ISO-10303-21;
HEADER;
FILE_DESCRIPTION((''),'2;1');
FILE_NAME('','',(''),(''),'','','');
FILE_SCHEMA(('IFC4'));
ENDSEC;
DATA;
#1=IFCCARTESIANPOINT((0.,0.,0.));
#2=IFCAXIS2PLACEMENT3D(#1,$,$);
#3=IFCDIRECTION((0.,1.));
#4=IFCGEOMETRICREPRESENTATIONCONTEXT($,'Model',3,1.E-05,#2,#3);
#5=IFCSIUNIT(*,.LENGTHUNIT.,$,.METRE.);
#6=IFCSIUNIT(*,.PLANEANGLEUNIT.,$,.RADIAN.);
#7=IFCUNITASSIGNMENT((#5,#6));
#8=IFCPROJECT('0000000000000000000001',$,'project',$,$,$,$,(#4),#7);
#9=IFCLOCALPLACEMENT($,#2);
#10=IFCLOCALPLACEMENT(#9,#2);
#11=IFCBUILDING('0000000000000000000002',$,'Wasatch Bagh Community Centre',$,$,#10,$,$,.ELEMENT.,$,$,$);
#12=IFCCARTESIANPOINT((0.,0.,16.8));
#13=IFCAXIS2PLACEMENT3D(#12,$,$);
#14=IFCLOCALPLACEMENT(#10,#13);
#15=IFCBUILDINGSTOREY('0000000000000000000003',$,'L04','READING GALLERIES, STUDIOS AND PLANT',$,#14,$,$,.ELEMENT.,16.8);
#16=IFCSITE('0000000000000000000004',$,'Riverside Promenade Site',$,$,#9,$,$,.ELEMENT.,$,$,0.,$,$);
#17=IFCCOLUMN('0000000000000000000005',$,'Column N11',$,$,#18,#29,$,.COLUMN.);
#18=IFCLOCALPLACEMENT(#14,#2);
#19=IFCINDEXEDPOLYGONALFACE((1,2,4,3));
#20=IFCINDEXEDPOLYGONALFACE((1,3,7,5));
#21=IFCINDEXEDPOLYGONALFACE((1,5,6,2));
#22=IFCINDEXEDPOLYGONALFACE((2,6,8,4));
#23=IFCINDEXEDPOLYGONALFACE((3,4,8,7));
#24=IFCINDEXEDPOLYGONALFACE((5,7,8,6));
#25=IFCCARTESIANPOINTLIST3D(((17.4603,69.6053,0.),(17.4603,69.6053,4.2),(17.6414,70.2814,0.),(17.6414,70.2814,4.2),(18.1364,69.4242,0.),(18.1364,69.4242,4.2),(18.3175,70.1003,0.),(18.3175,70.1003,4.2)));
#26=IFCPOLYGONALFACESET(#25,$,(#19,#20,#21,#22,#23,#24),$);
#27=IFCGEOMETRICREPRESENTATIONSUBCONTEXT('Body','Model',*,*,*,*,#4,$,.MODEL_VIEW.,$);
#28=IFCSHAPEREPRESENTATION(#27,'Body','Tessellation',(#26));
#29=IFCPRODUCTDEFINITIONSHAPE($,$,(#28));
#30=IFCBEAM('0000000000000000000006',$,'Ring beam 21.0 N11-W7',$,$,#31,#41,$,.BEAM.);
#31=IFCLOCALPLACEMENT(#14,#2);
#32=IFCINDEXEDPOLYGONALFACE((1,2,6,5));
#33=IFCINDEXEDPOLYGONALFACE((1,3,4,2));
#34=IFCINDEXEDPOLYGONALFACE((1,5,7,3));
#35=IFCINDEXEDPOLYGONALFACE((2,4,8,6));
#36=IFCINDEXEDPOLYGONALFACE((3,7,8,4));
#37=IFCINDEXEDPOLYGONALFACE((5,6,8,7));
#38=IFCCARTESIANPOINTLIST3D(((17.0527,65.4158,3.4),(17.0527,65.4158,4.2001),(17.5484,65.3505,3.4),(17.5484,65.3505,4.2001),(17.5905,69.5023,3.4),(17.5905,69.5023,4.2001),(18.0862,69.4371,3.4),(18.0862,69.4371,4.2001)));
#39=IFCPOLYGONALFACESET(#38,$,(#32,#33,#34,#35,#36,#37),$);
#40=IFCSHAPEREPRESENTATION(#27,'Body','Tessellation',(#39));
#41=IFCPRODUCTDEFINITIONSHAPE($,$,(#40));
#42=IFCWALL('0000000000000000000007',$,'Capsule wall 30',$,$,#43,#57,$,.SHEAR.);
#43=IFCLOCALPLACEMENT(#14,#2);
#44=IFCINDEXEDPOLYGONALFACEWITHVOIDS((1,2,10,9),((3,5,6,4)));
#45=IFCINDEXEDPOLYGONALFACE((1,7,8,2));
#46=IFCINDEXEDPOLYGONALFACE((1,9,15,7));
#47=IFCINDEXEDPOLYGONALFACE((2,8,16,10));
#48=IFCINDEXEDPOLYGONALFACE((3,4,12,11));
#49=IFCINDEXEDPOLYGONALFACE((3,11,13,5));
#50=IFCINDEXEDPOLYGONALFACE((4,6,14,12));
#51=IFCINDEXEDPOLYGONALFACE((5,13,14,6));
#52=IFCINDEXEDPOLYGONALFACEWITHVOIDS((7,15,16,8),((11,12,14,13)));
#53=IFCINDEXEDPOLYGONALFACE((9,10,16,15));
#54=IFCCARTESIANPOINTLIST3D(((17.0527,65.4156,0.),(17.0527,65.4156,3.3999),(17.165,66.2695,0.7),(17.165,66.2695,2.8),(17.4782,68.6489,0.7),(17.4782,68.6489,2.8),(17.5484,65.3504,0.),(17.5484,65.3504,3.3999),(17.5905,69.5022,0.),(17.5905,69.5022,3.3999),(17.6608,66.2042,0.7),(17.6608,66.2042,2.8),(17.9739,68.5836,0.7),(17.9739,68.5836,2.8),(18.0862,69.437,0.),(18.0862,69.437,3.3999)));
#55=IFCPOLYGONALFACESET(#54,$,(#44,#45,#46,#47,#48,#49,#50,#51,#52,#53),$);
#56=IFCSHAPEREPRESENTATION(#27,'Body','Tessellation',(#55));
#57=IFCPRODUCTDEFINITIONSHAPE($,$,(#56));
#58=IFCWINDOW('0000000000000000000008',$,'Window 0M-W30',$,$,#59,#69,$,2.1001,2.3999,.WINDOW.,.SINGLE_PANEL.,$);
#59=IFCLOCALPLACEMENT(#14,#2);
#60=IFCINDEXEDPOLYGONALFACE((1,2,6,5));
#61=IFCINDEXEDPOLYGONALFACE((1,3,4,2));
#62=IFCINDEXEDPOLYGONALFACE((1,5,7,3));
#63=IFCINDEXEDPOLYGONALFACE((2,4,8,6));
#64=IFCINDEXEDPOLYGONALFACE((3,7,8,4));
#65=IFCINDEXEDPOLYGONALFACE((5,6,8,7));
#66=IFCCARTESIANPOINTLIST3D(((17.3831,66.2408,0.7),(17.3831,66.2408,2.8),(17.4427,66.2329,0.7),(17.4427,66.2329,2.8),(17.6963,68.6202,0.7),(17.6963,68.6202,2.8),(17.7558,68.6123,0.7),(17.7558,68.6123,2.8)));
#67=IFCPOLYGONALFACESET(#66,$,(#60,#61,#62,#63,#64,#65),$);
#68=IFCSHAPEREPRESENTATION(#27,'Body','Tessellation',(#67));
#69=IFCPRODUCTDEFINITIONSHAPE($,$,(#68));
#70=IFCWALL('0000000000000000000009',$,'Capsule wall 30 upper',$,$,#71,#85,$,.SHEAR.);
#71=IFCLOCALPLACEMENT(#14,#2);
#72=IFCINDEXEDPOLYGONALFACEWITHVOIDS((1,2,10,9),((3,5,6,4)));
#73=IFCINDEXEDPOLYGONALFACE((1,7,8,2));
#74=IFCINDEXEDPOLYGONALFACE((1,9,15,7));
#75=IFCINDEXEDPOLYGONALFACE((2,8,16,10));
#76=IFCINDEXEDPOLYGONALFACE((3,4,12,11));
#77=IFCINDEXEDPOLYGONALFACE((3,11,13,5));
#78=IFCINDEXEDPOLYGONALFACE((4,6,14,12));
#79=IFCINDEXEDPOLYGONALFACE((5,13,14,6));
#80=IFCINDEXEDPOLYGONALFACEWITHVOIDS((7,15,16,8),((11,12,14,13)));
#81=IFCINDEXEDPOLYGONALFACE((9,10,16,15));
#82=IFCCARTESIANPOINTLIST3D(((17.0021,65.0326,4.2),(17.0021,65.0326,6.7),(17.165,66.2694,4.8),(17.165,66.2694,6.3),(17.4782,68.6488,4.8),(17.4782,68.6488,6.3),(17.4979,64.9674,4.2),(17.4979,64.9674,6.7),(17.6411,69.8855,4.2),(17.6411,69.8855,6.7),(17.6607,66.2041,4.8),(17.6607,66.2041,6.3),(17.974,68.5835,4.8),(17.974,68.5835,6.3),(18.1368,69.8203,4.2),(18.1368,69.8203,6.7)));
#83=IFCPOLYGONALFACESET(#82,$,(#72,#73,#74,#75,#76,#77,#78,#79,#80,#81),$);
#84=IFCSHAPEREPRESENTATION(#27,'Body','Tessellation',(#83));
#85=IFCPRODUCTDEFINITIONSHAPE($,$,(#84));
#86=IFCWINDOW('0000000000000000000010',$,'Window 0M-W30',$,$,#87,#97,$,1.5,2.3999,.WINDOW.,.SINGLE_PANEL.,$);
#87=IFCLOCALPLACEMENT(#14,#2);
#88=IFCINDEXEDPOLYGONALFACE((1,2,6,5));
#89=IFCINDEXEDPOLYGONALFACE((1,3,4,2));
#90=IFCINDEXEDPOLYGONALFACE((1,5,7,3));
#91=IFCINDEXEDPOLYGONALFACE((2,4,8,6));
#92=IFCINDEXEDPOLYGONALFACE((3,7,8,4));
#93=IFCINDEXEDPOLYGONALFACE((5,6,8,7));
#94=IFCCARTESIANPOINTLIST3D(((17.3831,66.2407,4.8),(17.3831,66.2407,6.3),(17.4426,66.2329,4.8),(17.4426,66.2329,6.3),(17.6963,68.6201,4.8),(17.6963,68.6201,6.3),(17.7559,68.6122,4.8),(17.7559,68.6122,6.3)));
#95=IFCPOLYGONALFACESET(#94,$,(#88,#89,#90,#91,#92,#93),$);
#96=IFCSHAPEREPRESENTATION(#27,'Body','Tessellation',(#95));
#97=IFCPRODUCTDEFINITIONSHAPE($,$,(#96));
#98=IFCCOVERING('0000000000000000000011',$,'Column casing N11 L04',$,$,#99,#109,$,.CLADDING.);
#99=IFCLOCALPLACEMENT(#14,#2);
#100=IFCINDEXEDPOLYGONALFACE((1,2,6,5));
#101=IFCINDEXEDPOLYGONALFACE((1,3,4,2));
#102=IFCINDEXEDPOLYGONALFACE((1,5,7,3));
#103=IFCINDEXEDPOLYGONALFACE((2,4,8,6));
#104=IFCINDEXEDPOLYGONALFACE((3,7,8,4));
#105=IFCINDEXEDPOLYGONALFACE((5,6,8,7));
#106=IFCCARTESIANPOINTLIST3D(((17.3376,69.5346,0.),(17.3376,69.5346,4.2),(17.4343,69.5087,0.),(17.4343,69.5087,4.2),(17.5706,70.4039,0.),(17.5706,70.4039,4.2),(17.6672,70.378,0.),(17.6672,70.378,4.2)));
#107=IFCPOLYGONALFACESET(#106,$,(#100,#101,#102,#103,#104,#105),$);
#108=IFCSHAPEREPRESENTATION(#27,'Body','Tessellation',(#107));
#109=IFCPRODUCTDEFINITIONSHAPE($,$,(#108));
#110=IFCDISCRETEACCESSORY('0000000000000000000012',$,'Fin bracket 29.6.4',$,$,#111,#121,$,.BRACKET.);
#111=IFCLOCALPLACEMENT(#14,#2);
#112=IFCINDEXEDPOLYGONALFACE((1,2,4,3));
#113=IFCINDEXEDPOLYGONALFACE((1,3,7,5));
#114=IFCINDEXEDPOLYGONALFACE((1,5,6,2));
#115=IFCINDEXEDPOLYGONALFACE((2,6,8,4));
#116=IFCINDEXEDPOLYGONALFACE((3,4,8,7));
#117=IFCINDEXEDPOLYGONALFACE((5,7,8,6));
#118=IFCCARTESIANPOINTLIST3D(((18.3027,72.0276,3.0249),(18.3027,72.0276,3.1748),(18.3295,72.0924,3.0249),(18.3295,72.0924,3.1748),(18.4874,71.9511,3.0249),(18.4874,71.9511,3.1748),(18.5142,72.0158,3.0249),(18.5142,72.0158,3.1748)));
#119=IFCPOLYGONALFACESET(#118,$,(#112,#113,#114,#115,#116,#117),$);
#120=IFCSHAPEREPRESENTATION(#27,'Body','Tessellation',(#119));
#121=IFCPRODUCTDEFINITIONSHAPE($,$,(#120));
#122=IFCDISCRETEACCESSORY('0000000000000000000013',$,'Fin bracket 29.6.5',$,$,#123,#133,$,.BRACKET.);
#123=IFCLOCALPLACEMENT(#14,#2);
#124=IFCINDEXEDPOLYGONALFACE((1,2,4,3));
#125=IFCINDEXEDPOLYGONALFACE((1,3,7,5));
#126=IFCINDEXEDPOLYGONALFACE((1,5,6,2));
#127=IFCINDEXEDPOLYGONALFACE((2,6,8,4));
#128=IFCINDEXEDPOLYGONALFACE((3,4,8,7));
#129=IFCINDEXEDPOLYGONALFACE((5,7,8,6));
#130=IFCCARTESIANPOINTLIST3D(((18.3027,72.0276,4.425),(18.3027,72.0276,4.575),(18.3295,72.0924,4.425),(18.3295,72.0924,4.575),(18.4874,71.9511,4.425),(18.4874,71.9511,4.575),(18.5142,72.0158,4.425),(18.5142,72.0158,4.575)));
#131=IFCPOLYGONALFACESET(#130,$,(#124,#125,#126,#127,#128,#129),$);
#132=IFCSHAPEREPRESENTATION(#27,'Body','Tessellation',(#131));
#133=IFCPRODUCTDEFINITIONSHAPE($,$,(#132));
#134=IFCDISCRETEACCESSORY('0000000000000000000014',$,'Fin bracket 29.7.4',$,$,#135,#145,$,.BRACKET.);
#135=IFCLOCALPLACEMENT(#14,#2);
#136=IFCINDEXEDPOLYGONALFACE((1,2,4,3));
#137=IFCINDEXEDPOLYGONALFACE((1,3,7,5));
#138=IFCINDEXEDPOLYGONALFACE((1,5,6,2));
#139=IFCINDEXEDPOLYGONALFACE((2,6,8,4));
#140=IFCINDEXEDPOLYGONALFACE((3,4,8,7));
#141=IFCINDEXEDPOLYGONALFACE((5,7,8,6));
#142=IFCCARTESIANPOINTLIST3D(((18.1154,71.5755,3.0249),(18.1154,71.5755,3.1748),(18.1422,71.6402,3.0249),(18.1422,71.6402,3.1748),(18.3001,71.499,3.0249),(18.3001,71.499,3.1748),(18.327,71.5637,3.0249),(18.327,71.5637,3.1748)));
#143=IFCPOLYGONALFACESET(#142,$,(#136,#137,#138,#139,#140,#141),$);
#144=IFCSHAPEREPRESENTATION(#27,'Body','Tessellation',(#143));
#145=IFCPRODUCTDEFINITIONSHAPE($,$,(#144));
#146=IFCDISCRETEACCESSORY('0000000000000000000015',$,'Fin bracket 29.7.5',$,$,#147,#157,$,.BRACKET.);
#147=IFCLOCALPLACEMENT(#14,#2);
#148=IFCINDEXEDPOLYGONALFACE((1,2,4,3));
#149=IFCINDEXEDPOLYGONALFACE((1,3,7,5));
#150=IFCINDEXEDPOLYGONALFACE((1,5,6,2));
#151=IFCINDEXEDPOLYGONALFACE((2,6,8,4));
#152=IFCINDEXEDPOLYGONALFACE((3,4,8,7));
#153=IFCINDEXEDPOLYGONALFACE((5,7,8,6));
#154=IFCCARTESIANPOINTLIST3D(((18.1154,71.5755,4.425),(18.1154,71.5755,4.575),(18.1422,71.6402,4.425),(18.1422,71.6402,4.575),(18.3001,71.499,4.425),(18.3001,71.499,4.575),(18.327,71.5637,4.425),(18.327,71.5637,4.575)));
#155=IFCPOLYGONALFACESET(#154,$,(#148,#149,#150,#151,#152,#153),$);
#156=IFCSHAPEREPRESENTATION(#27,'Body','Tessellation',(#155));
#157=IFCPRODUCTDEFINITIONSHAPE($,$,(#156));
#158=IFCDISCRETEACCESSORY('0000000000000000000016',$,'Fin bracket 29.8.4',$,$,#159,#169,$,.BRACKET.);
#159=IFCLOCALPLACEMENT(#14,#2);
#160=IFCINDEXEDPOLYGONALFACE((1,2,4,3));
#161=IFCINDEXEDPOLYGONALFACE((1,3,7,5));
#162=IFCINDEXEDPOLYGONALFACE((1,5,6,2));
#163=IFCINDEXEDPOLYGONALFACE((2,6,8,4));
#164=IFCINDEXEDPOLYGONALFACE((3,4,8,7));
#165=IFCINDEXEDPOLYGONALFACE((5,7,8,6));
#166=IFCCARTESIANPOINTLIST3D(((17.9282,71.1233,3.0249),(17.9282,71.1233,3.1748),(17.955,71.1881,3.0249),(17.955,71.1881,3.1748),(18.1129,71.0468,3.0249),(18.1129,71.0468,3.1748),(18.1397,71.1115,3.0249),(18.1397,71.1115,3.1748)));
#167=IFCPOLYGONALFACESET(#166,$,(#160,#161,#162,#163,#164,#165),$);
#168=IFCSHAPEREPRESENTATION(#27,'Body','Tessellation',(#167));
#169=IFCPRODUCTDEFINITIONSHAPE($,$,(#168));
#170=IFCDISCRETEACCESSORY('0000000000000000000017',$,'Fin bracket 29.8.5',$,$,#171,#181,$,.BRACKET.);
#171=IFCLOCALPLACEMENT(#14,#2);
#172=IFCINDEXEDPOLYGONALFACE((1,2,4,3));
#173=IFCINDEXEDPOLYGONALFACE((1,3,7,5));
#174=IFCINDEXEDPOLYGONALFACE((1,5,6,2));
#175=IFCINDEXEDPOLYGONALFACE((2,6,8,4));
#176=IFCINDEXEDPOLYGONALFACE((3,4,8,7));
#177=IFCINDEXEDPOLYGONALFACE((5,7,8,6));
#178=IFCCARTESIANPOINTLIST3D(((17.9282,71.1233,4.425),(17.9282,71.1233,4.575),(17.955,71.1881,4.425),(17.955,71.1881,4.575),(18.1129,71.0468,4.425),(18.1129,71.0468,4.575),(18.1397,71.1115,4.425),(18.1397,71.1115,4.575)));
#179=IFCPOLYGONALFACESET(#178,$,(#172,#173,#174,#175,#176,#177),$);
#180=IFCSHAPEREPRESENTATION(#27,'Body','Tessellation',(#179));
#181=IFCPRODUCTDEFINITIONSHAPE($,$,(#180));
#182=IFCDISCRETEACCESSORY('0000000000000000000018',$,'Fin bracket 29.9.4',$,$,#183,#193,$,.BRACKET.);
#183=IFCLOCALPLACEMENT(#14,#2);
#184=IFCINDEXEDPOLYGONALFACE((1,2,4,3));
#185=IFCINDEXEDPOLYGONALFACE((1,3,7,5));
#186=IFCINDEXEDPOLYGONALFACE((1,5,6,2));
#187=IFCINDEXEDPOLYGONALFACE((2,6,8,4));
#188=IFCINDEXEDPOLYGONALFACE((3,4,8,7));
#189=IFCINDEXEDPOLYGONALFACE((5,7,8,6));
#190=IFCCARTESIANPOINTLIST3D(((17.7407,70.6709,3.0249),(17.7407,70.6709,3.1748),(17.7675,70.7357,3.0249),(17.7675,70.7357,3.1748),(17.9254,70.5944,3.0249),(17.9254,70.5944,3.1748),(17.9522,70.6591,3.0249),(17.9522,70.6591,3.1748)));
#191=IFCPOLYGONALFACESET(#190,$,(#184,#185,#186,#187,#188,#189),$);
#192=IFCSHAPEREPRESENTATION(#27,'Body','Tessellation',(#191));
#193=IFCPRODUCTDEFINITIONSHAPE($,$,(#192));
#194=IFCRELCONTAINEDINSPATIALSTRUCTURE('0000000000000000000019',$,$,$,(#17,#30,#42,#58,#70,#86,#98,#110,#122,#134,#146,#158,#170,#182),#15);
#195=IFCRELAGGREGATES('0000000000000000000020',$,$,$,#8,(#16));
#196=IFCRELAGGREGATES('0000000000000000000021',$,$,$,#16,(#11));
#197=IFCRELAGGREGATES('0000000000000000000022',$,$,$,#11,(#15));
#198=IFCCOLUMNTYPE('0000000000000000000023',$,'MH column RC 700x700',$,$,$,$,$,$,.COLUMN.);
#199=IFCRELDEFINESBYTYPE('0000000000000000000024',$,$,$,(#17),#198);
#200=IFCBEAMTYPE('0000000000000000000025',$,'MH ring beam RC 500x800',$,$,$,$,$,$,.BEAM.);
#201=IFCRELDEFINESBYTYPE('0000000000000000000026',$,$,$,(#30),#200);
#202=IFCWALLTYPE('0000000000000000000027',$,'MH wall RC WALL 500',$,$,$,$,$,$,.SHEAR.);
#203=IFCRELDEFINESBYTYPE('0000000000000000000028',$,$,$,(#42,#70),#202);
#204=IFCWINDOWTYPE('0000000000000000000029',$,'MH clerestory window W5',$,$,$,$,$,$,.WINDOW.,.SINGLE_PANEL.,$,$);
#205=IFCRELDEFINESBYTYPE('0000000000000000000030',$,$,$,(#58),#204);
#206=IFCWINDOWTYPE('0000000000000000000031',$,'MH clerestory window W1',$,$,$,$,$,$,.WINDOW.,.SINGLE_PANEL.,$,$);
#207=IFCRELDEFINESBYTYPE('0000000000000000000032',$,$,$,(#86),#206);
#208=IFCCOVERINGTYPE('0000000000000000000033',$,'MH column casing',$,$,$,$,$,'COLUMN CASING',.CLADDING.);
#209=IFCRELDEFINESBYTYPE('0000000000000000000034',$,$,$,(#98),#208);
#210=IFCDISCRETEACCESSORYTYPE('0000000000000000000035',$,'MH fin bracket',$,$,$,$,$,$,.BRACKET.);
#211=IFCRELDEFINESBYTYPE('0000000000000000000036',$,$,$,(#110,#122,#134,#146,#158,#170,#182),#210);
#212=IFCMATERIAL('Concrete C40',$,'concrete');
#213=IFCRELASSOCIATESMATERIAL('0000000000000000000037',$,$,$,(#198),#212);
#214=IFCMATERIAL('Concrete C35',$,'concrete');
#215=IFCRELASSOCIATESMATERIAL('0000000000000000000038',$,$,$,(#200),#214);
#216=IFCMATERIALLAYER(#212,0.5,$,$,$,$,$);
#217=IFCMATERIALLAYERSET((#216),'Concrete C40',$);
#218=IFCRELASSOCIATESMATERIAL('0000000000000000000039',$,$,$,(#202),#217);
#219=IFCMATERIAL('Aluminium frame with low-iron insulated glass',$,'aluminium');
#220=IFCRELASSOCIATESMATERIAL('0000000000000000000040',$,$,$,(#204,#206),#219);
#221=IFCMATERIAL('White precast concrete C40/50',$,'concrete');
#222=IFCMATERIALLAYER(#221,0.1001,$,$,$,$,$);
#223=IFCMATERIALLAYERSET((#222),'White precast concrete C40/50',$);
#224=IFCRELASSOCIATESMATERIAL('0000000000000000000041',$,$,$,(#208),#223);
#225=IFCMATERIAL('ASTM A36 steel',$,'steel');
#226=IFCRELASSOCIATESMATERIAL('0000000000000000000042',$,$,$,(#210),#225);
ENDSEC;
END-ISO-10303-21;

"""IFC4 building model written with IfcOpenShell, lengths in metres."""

from ifc_helpers import new_model, si_unit, direction, frame, frame_2d, origin, origin_2d, place, context, subcontext, project, spatial, rectangle, extrude, material, layer, layer_set, material_profile, profile_set, type_object, element, fill, save


model = new_model("IFC4")

# Units and contexts
model_context = context("Model", 3, precision=1e-05, world=origin(), true_north=direction((0.0, 1.0)))
body_context = subcontext(model_context, "Body", "Model", "MODEL_VIEW")
ifc_project = project(units=[si_unit("LENGTHUNIT", "METRE"), si_unit("PLANEANGLEUNIT", "RADIAN")], contexts=[model_context])

# Site, building, storey
site_placement = place(None, origin())
site = spatial("IfcSite", under=ifc_project, at=site_placement, Name="Riverside Promenade Site", CompositionType="ELEMENT", RefElevation=0.0)
building_placement = place(site_placement, origin())
building = spatial("IfcBuilding", under=site, at=building_placement, Name="Wasatch Bagh Community Centre", CompositionType="ELEMENT")
storey_placement = place(building_placement, frame((0.0, 0.0, 16.8)))
storey = spatial("IfcBuildingStorey", under=building, at=storey_placement, Name="L04", Description="READING GALLERIES, STUDIOS AND PLANT", CompositionType="ELEMENT", Elevation=16.8)

# Column
ifc_material_1 = material(Name="Concrete C40", Category="concrete")
ifc_material_profile_1 = material_profile(ifc_material_1, rectangle(XDim=0.7, YDim=0.7, at=origin_2d()), Name="RC 700x700")
ifc_profile_set_1 = profile_set([ifc_material_profile_1], Name="Concrete C40")
column_type = type_object("IfcColumnType", Name="MH column RC 700x700", PredefinedType="COLUMN", material=ifc_profile_set_1)
column_placement = place(storey_placement, frame((17.8889, 69.8528, 0.0), z_axis=(0.0, 0.0, 1.0), x_axis=(0.258819, 0.965926, 0.0)))
element("IfcColumn", 1, at=column_placement, inside=storey, type_object=column_type, Name="Column N11", PredefinedType="COLUMN", context=body_context, shape_type="SweptSolid", body=[
    extrude(rectangle(XDim=0.7, YDim=0.7, at=origin_2d()), origin(), (0.0, 0.0, 1.0), 4.2),
])

# Beam
ifc_material_2 = material(Name="Concrete C35", Category="concrete")
ifc_material_profile_2 = material_profile(ifc_material_2, rectangle(XDim=0.5, YDim=0.8, at=origin_2d()), Name="RC 500x800")
ifc_profile_set_2 = profile_set([ifc_material_profile_2], Name="Concrete C35")
beam_type = type_object("IfcBeamType", Name="MH ring beam RC 500x800", PredefinedType="BEAM", material=ifc_profile_set_2)
beam_placement = place(storey_placement, frame((17.8384, 69.4697, 3.8), z_axis=(-0.130484, -0.99145, 0.0), x_axis=(0.99145, -0.130484, 0.0)))
element("IfcBeam", 2, at=beam_placement, inside=storey, type_object=beam_type, Name="Ring beam 21.0 N11-W7", PredefinedType="BEAM", context=body_context, shape_type="SweptSolid", body=[
    extrude(rectangle(XDim=0.5, YDim=0.8, at=origin_2d()), origin(), (0.0, 0.0, 1.0), 4.1218),
])

# Walls, openings, windows
ifc_layer_1 = layer(ifc_material_1, 0.5)
ifc_layer_set_1 = layer_set([ifc_layer_1], Name="Concrete C40")
wall_type = type_object("IfcWallType", Name="MH wall RC WALL 500", PredefinedType="SHEAR", material=ifc_layer_set_1)
wall_1_placement = place(storey_placement, frame((17.8384, 69.4697, 0.0), z_axis=(0.0, 0.0, 1.0), x_axis=(-0.130484, -0.99145, 0.0)))
wall_1 = element("IfcWall", 3, at=wall_1_placement, inside=storey, type_object=wall_type, Name="Capsule wall 30", PredefinedType="SHEAR", context=body_context, shape_type="SweptSolid", body=[
    extrude(rectangle(XDim=4.1218, YDim=0.5, at=frame_2d((2.061, 0.0))), origin(), (0.0, 0.0, 1.0), 3.3999),
])
opening_1_placement = place(wall_1_placement, frame((0.8608, 0.0, 0.7)))
opening_1 = element("IfcOpeningElement", 4, at=opening_1_placement, cuts=wall_1, PredefinedType="OPENING", context=body_context, shape_type="SweptSolid", body=[
    extrude(rectangle(XDim=2.3999, YDim=2.1001, at=frame_2d((1.2, 1.05))), frame((0.0, 0.26, 0.0), z_axis=(0.0, -1.0, 0.0), x_axis=(1.0, 0.0, 0.0)), (0.0, 0.0, 1.0), 0.52),
])
ifc_material_3 = material(Name="Aluminium frame with low-iron insulated glass", Category="aluminium")
window_type_1 = type_object("IfcWindowType", Name="MH clerestory window W5", PartitioningType="SINGLE_PANEL", PredefinedType="WINDOW", material=ifc_material_3)
window_1_placement = place(opening_1_placement, origin())
window_1 = element("IfcWindow", 5, at=window_1_placement, inside=storey, type_object=window_type_1, Name="Window 0M-W30", OverallHeight=2.1001, OverallWidth=2.3999, PartitioningType="SINGLE_PANEL", PredefinedType="WINDOW", context=body_context, shape_type="SweptSolid", body=[
    extrude(rectangle(XDim=2.3999, YDim=2.1001, at=frame_2d((1.2, 1.05))), frame((0.0, 0.03, 0.0), z_axis=(0.0, -1.0, 0.0), x_axis=(1.0, 0.0, 0.0)), (0.0, 0.0, 1.0), 0.0601),
])
fill(opening_1, window_1)
wall_2_placement = place(storey_placement, frame((17.8889, 69.8528, 4.2), z_axis=(0.0, 0.0, 1.0), x_axis=(-0.130533, -0.991444, 0.0)))
wall_2 = element("IfcWall", 6, at=wall_2_placement, inside=storey, type_object=wall_type, Name="Capsule wall 30 upper", PredefinedType="SHEAR", context=body_context, shape_type="SweptSolid", body=[
    extrude(rectangle(XDim=4.8948, YDim=0.5, at=frame_2d((2.4473, 0.0))), origin(), (0.0, 0.0, 1.0), 2.5),
])
opening_2_placement = place(wall_2_placement, frame((1.2473, 0.0, 0.6001)))
opening_2 = element("IfcOpeningElement", 7, at=opening_2_placement, cuts=wall_2, PredefinedType="OPENING", context=body_context, shape_type="SweptSolid", body=[
    extrude(rectangle(XDim=2.3999, YDim=1.5, at=frame_2d((1.2, 0.75))), frame((0.0, 0.26, 0.0), z_axis=(0.0, -1.0, 0.0), x_axis=(1.0, 0.0, 0.0)), (0.0, 0.0, 1.0), 0.52),
])
window_type_2 = type_object("IfcWindowType", Name="MH clerestory window W1", PartitioningType="SINGLE_PANEL", PredefinedType="WINDOW", material=ifc_material_3)
window_2_placement = place(opening_2_placement, origin())
window_2 = element("IfcWindow", 8, at=window_2_placement, inside=storey, type_object=window_type_2, Name="Window 0M-W30", OverallHeight=1.5, OverallWidth=2.3999, PartitioningType="SINGLE_PANEL", PredefinedType="WINDOW", context=body_context, shape_type="SweptSolid", body=[
    extrude(rectangle(XDim=2.3999, YDim=1.5, at=frame_2d((1.2, 0.75))), frame((0.0, 0.03, 0.0), z_axis=(0.0, -1.0, 0.0), x_axis=(1.0, 0.0, 0.0)), (0.0, 0.0, 1.0), 0.0601),
])
fill(opening_2, window_2)

# Covering
ifc_material_4 = material(Name="White precast concrete C40/50", Category="concrete")
ifc_layer_2 = layer(ifc_material_4, 0.1001)
ifc_layer_set_2 = layer_set([ifc_layer_2], Name="White precast concrete C40/50")
covering_type = type_object("IfcCoveringType", Name="MH column casing", ElementType="COLUMN CASING", PredefinedType="CLADDING", material=ifc_layer_set_2)
covering_placement = place(storey_placement, frame((17.5024, 69.9563, 0.0), z_axis=(0.0, 0.0, 1.0), x_axis=(-0.258819, -0.965926, 0.0)))
element("IfcCovering", 9, at=covering_placement, inside=storey, type_object=covering_type, Name="Column casing N11 L04", PredefinedType="CLADDING", context=body_context, shape_type="SweptSolid", body=[
    extrude(rectangle(XDim=0.8999, YDim=0.1001, at=origin_2d()), origin(), (0.0, 0.0, 1.0), 4.2),
])

# Discrete accessories
ifc_material_5 = material(Name="ASTM A36 steel", Category="steel")
discrete_accessory_type = type_object("IfcDiscreteAccessoryType", Name="MH fin bracket", PredefinedType="BRACKET", material=ifc_material_5)
for number, where, z_axis, x_axis, name in (
    (10, (18.4084, 72.0217, 3.0249), (0.0, 0.0, 1.0), (-0.382683, -0.92388, 0.0), "Fin bracket 29.6.4"),
    (11, (18.4084, 72.0217, 4.425), (0.0, 0.0, 1.0), (-0.382683, -0.92388, 0.0), "Fin bracket 29.6.5"),
    (12, (18.2212, 71.5696, 3.0249), (0.0, 0.0, 1.0), (-0.382683, -0.92388, 0.0), "Fin bracket 29.7.4"),
    (13, (18.2212, 71.5696, 4.425), (0.0, 0.0, 1.0), (-0.382683, -0.92388, 0.0), "Fin bracket 29.7.5"),
    (14, (18.0339, 71.1174, 3.0249), (0.0, 0.0, 1.0), (-0.382683, -0.92388, 0.0), "Fin bracket 29.8.4"),
    (15, (18.0339, 71.1174, 4.425), (0.0, 0.0, 1.0), (-0.382683, -0.92388, 0.0), "Fin bracket 29.8.5"),
    (16, (17.8464, 70.665, 3.0249), (0.0, 0.0, 1.0), (-0.382683, -0.92388, 0.0), "Fin bracket 29.9.4"),
):
    element("IfcDiscreteAccessory", number, at=place(storey_placement, frame(where, z_axis=z_axis, x_axis=x_axis)), inside=storey, type_object=discrete_accessory_type, Name=name, PredefinedType="BRACKET", context=body_context, shape_type="SweptSolid", body=[
        extrude(rectangle(XDim=0.0701, YDim=0.2, at=origin_2d()), origin(), (0.0, 0.0, 1.0), 0.1499),
    ])

save(model, "model.ifc")
